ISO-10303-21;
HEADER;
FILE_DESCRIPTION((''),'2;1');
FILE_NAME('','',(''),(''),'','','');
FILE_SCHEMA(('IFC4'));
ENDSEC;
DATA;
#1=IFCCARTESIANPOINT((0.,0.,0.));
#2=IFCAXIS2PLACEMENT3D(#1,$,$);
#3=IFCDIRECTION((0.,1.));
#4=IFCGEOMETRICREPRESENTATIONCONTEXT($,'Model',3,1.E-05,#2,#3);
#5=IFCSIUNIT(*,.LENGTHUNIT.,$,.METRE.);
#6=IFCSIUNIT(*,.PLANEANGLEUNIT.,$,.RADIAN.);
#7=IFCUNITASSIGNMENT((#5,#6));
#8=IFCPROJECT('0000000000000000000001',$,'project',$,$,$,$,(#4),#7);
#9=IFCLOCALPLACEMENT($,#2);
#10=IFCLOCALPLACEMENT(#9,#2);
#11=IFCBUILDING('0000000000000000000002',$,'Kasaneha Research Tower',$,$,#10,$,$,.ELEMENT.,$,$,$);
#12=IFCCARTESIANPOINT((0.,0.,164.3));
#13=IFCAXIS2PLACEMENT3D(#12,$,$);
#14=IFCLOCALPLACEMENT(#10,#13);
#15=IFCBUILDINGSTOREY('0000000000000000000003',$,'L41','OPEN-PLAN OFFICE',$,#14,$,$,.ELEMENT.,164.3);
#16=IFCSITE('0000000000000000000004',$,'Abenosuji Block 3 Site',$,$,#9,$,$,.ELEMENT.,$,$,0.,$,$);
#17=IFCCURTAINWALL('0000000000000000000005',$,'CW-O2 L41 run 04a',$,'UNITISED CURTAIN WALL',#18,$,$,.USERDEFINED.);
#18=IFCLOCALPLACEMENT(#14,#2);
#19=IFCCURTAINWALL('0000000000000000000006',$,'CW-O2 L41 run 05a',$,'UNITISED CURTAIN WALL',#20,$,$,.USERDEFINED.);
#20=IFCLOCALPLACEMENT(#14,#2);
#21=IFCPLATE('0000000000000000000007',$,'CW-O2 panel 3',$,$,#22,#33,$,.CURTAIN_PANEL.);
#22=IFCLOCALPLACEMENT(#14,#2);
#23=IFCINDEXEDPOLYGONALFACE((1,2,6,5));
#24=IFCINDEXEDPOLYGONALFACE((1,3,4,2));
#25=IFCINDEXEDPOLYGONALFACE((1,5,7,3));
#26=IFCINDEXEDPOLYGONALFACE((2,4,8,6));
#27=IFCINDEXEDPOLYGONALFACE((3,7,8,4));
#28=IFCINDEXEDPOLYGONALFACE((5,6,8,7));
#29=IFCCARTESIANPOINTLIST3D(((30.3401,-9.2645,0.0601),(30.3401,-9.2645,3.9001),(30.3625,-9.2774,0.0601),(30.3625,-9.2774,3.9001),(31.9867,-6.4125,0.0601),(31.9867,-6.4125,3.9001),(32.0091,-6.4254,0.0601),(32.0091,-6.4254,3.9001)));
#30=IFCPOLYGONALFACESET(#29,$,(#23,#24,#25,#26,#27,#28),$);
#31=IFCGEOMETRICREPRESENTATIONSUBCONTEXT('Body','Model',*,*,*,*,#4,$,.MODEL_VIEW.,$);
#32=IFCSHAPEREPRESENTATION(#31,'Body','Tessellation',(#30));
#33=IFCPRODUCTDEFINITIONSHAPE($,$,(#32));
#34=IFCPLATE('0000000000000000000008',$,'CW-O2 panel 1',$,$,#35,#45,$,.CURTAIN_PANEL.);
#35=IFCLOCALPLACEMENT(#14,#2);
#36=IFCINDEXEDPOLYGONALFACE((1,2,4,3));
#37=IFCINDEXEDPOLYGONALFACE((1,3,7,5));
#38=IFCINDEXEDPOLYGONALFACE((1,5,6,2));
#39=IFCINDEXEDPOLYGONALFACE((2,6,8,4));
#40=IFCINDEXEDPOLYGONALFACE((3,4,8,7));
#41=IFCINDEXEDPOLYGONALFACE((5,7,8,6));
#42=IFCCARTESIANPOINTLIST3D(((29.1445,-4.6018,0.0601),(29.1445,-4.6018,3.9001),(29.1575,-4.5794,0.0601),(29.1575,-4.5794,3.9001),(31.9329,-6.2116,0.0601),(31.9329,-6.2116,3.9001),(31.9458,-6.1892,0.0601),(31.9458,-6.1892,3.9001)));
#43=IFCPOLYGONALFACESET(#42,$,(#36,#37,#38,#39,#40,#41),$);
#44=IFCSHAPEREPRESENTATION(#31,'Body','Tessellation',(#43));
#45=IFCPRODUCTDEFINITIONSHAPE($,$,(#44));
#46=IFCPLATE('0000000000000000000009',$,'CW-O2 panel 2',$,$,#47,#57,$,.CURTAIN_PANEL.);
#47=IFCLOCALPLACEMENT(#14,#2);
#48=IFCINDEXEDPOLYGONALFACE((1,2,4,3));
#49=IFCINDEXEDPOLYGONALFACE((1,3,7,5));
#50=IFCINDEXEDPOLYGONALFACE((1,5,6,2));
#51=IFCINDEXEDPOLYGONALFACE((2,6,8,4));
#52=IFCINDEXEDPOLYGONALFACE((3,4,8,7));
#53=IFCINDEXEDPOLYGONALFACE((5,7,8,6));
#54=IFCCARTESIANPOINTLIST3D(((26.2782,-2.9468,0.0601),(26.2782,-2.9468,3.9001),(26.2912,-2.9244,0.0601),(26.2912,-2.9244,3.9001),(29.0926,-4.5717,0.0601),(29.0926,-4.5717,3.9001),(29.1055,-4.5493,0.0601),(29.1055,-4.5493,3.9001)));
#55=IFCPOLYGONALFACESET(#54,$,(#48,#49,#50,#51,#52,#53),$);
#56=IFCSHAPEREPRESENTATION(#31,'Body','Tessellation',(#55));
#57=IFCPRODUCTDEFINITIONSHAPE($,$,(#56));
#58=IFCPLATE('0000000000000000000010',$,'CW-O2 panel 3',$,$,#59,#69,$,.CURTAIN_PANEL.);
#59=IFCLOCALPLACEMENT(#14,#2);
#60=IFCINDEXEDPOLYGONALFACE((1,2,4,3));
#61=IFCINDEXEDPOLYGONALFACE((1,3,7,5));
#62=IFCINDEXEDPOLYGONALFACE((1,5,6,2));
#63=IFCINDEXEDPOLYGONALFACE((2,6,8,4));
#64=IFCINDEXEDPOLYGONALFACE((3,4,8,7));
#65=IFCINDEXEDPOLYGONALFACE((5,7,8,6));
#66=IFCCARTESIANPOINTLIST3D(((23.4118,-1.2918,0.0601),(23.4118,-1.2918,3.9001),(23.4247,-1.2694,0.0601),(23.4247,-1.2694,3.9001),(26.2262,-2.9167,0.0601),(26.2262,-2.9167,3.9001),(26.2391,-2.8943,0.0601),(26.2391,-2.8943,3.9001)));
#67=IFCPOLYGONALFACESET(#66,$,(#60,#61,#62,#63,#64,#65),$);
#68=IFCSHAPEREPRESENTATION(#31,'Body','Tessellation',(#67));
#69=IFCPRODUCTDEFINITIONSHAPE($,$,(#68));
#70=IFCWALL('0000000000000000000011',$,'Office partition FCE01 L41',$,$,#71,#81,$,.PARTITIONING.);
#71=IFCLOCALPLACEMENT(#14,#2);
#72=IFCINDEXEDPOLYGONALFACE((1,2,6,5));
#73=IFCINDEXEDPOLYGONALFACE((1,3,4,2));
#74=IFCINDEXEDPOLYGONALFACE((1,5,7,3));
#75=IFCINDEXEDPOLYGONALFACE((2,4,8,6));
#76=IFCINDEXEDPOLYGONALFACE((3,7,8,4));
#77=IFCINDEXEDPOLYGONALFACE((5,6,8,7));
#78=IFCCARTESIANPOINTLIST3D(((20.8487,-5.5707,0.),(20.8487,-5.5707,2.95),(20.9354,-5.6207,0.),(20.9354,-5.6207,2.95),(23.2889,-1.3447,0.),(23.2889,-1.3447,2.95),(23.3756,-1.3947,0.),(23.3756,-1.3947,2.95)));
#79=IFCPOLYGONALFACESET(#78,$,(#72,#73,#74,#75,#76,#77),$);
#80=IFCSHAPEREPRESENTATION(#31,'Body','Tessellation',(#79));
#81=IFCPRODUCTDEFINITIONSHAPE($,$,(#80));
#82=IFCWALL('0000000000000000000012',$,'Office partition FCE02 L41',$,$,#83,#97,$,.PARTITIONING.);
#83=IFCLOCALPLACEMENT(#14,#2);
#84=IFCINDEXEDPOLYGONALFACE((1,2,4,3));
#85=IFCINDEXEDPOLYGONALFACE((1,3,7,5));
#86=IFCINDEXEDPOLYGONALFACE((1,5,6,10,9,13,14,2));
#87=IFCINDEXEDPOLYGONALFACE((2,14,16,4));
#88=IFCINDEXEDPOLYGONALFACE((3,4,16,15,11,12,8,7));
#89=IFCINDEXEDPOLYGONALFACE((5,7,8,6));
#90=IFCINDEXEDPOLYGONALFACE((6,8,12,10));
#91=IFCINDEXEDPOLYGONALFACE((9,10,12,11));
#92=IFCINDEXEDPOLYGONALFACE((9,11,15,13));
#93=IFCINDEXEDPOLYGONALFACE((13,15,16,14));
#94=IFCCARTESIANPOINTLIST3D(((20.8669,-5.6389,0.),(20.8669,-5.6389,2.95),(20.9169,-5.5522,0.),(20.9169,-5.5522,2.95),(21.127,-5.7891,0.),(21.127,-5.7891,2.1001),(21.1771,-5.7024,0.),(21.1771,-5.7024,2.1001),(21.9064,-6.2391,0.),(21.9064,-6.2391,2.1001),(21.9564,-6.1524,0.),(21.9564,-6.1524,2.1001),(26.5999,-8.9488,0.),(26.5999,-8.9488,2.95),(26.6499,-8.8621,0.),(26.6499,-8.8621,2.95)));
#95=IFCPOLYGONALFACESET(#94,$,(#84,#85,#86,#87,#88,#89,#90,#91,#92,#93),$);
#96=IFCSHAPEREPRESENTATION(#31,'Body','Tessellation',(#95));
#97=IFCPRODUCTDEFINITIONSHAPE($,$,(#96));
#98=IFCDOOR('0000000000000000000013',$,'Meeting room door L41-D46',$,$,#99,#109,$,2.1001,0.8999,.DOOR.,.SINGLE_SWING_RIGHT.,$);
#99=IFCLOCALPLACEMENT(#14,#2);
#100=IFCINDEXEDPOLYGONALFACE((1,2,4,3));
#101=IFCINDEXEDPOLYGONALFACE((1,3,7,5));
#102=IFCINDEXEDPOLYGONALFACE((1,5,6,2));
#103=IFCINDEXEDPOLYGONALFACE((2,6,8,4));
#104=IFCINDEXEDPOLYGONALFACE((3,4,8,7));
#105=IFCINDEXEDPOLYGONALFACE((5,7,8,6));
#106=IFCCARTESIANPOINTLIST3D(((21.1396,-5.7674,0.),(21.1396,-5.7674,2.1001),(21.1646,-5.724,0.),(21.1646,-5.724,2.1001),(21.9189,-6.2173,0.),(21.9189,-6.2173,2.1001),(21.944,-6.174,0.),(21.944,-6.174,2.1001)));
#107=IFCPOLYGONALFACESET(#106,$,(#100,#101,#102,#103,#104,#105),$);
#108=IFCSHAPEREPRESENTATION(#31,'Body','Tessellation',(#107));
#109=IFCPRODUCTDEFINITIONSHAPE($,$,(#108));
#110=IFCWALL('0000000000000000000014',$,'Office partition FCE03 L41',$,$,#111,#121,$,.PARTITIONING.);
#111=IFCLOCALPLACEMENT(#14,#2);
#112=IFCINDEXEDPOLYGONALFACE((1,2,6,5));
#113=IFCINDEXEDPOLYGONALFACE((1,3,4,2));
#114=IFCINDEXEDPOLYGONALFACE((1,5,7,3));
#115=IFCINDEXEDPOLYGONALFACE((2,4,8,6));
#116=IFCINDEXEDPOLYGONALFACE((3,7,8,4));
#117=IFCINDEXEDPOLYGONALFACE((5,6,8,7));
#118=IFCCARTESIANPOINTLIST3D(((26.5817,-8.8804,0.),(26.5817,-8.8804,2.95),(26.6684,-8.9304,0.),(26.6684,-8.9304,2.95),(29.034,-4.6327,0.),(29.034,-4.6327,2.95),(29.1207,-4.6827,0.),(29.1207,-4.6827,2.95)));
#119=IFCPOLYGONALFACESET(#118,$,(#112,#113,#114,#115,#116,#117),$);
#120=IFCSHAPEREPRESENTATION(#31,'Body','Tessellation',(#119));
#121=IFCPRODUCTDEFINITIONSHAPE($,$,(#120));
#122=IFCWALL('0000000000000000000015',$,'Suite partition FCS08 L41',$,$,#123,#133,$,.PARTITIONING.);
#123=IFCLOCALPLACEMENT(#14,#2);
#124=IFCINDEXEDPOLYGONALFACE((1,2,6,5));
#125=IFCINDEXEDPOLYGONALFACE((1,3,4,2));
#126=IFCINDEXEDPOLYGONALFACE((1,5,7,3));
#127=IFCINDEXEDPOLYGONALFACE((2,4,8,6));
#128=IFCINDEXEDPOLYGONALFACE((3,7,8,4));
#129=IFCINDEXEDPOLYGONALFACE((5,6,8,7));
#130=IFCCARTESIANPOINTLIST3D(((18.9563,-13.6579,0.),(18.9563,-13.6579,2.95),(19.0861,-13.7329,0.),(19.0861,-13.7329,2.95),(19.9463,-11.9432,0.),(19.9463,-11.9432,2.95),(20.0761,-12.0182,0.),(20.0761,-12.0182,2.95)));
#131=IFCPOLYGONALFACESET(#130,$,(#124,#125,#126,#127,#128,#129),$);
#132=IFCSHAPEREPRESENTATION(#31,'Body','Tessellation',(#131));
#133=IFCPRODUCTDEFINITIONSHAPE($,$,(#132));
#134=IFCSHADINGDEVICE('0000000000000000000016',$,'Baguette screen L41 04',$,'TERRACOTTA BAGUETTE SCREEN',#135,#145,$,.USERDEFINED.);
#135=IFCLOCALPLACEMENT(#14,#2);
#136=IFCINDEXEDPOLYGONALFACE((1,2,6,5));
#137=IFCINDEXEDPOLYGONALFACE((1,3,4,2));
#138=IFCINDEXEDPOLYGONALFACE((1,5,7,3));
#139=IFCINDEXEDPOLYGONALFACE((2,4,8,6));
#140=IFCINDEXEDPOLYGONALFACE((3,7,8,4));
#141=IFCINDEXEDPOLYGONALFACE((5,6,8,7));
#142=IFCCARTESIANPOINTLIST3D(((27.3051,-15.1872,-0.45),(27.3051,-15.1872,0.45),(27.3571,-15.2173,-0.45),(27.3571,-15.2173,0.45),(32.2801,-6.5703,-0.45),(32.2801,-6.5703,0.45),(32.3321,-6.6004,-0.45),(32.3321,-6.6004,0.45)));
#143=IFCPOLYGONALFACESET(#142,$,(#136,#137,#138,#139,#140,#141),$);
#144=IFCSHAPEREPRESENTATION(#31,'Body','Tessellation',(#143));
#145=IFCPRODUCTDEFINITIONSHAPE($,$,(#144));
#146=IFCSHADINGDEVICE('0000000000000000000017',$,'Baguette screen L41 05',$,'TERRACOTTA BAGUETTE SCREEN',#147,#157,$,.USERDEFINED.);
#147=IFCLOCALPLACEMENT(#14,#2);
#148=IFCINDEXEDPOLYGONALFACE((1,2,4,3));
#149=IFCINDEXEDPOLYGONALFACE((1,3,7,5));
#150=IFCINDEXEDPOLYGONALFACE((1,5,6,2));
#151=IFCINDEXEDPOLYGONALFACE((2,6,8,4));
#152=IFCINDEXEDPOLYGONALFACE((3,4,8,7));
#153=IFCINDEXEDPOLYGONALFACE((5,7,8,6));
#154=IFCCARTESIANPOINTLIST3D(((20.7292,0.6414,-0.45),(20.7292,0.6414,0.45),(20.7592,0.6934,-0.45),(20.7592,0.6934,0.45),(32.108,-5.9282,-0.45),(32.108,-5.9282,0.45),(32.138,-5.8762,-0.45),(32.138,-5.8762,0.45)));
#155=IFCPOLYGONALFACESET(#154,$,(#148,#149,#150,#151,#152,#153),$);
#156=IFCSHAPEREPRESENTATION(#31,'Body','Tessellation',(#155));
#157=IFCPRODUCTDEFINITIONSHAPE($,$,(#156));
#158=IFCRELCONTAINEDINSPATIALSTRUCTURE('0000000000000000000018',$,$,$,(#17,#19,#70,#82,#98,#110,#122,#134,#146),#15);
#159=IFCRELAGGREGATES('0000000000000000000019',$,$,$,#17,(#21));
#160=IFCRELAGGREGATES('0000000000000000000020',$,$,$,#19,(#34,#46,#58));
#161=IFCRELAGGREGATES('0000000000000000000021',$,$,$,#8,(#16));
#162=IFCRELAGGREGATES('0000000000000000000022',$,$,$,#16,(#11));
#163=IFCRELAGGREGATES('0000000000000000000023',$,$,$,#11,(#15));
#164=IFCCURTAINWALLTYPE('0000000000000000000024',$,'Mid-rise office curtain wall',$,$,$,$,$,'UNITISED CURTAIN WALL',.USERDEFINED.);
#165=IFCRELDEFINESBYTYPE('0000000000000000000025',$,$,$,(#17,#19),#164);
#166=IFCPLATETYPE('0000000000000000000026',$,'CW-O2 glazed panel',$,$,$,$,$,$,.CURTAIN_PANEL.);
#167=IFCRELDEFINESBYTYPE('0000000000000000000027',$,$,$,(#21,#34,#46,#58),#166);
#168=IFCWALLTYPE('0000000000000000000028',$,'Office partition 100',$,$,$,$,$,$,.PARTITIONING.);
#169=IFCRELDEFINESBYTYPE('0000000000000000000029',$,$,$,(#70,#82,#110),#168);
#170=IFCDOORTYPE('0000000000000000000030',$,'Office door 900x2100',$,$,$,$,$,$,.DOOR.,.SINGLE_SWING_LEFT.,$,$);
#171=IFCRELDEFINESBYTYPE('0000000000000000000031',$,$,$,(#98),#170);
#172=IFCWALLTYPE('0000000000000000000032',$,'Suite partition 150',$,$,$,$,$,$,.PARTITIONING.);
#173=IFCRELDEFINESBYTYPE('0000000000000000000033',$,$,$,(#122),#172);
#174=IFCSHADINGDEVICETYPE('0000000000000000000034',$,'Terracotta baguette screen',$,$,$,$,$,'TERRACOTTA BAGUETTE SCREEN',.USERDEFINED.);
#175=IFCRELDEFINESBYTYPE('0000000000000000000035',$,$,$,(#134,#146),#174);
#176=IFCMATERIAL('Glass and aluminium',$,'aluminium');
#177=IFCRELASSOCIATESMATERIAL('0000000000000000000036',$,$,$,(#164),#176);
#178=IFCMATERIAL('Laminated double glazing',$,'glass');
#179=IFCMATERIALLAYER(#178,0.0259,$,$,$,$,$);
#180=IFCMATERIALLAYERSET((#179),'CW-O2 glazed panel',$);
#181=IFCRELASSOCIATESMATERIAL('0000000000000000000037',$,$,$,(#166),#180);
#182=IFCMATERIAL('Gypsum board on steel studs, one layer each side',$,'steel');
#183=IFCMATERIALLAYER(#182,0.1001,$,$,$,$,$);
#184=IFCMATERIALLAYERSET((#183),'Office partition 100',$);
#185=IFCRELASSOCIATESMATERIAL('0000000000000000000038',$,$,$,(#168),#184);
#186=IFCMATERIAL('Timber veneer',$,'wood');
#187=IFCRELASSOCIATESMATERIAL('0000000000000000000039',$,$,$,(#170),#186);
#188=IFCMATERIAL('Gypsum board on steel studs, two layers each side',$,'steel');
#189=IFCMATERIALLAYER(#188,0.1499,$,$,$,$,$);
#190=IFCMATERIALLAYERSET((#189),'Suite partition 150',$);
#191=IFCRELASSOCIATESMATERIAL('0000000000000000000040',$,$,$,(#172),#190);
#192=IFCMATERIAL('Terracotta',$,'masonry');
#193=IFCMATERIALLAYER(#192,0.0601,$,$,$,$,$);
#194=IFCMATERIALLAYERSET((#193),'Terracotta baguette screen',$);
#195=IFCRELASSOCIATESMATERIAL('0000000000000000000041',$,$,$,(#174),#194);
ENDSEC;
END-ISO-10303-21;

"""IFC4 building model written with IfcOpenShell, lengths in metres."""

from ifc_helpers import new_model, si_unit, direction, frame, frame_2d, origin, origin_2d, place, context, subcontext, project, spatial, rectangle, extrude, material, layer, layer_set, type_object, element, fill, aggregate, save


model = new_model("IFC4")

# Units and contexts
model_context = context("Model", 3, precision=1e-05, world=origin(), true_north=direction((0.0, 1.0)))
body_context = subcontext(model_context, "Body", "Model", "MODEL_VIEW")
ifc_project = project(units=[si_unit("LENGTHUNIT", "METRE"), si_unit("PLANEANGLEUNIT", "RADIAN")], contexts=[model_context])

# Site, building, storey
site_placement = place(None, origin())
site = spatial("IfcSite", under=ifc_project, at=site_placement, Name="Abenosuji Block 3 Site", CompositionType="ELEMENT", RefElevation=0.0)
building_placement = place(site_placement, origin())
building = spatial("IfcBuilding", under=site, at=building_placement, Name="Kasaneha Research Tower", CompositionType="ELEMENT")
storey_placement = place(building_placement, frame((0.0, 0.0, 164.3)))
storey = spatial("IfcBuildingStorey", under=building, at=storey_placement, Name="L41", Description="OPEN-PLAN OFFICE", CompositionType="ELEMENT", Elevation=164.3)

# Curtain walls
ifc_material_1 = material(Name="Glass and aluminium", Category="aluminium")
curtain_wall_type = type_object("IfcCurtainWallType", Name="Mid-rise office curtain wall", ElementType="UNITISED CURTAIN WALL", PredefinedType="USERDEFINED", material=ifc_material_1)
curtain_wall_1_placement = place(storey_placement, origin())
curtain_wall_1 = element("IfcCurtainWall", 1, at=curtain_wall_1_placement, inside=storey, type_object=curtain_wall_type, Name="CW-O2 L41 run 04a", ObjectType="UNITISED CURTAIN WALL", PredefinedType="USERDEFINED")
curtain_wall_2_placement = place(storey_placement, origin())
curtain_wall_2 = element("IfcCurtainWall", 2, at=curtain_wall_2_placement, inside=storey, type_object=curtain_wall_type, Name="CW-O2 L41 run 05a", ObjectType="UNITISED CURTAIN WALL", PredefinedType="USERDEFINED")

# Plates
ifc_material_2 = material(Name="Laminated double glazing", Category="glass")
ifc_layer_1 = layer(ifc_material_2, 0.0259)
ifc_layer_set_1 = layer_set([ifc_layer_1], Name="CW-O2 glazed panel")
plate_type = type_object("IfcPlateType", Name="CW-O2 glazed panel", PredefinedType="CURTAIN_PANEL", material=ifc_layer_set_1)
plate_1_placement = place(storey_placement, frame((31.1746, -7.845, 0.0601), z_axis=(0.0, 0.0, 1.0), x_axis=(0.5, 0.866025, 0.0)))
plate_1 = element("IfcPlate", 3, at=plate_1_placement, type_object=plate_type, Name="CW-O2 panel 3", PredefinedType="CURTAIN_PANEL", context=body_context, shape_type="SweptSolid", body=[
    extrude(rectangle(XDim=3.2932, YDim=0.0259, at=origin_2d()), origin(), (0.0, 0.0, 1.0), 3.8401),
])
aggregate(curtain_wall_1, [plate_1])
plate_2_placement = place(storey_placement, frame((30.5452, -5.3955, 0.0601), z_axis=(0.0, 0.0, 1.0), x_axis=(-0.866025, 0.5, 0.0)))
plate_2 = element("IfcPlate", 4, at=plate_2_placement, type_object=plate_type, Name="CW-O2 panel 1", PredefinedType="CURTAIN_PANEL", context=body_context, shape_type="SweptSolid", body=[
    extrude(rectangle(XDim=3.2197, YDim=0.0259, at=origin_2d()), origin(), (0.0, 0.0, 1.0), 3.8401),
])
plate_3_placement = place(storey_placement, frame((27.6919, -3.748, 0.0601), z_axis=(0.0, 0.0, 1.0), x_axis=(-0.866025, 0.5, 0.0)))
plate_3 = element("IfcPlate", 5, at=plate_3_placement, type_object=plate_type, Name="CW-O2 panel 2", PredefinedType="CURTAIN_PANEL", context=body_context, shape_type="SweptSolid", body=[
    extrude(rectangle(XDim=3.2498, YDim=0.0259, at=origin_2d()), origin(), (0.0, 0.0, 1.0), 3.8401),
])
plate_4_placement = place(storey_placement, frame((24.8254, -2.093, 0.0601), z_axis=(0.0, 0.0, 1.0), x_axis=(-0.866025, 0.5, 0.0)))
plate_4 = element("IfcPlate", 6, at=plate_4_placement, type_object=plate_type, Name="CW-O2 panel 3", PredefinedType="CURTAIN_PANEL", context=body_context, shape_type="SweptSolid", body=[
    extrude(rectangle(XDim=3.2498, YDim=0.0259, at=origin_2d()), origin(), (0.0, 0.0, 1.0), 3.8401),
])
aggregate(curtain_wall_2, [plate_2, plate_3, plate_4])

# Wall
ifc_material_3 = material(Name="Gypsum board on steel studs, one layer each side", Category="steel")
ifc_layer_2 = layer(ifc_material_3, 0.1001)
ifc_layer_set_2 = layer_set([ifc_layer_2], Name="Office partition 100")
wall_type_1 = type_object("IfcWallType", Name="Office partition 100", PredefinedType="PARTITIONING", material=ifc_layer_set_2)
wall_1_placement = place(storey_placement, frame((20.8921, -5.5957, 0.0), z_axis=(0.0, 0.0, 1.0), x_axis=(0.50004, 0.866002, 0.0)))
element("IfcWall", 7, at=wall_1_placement, inside=storey, type_object=wall_type_1, Name="Office partition FCE01 L41", PredefinedType="PARTITIONING", context=body_context, shape_type="SweptSolid", body=[
    extrude(rectangle(XDim=4.8799, YDim=0.1001, at=frame_2d((2.4399, 0.0))), origin(), (0.0, 0.0, 1.0), 2.95),
])

# Wall, opening, door
wall_2_placement = place(storey_placement, frame((26.625, -8.9055, 0.0), z_axis=(0.0, 0.0, 1.0), x_axis=(-0.866031, 0.499991, 0.0)))
wall_2 = element("IfcWall", 8, at=wall_2_placement, inside=storey, type_object=wall_type_1, Name="Office partition FCE02 L41", PredefinedType="PARTITIONING", context=body_context, shape_type="SweptSolid", body=[
    extrude(rectangle(XDim=6.6199, YDim=0.1001, at=frame_2d((3.3101, 0.0))), origin(), (0.0, 0.0, 1.0), 2.95),
])
opening_placement = place(wall_2_placement, frame((5.4197, 0.0, 0.0)))
opening = element("IfcOpeningElement", 9, at=opening_placement, cuts=wall_2, PredefinedType="OPENING", context=body_context, shape_type="SweptSolid", body=[
    extrude(rectangle(XDim=0.8999, YDim=2.1001, at=frame_2d((0.45, 1.05))), frame((0.0, 0.0601, 0.0), z_axis=(0.0, -1.0, 0.0), x_axis=(1.0, 0.0, 0.0)), (0.0, 0.0, 1.0), 0.1201),
])
ifc_material_4 = material(Name="Timber veneer", Category="wood")
door_type = type_object("IfcDoorType", Name="Office door 900x2100", OperationType="SINGLE_SWING_LEFT", PredefinedType="DOOR", material=ifc_material_4)
door_placement = place(opening_placement, origin())
door = element("IfcDoor", 10, at=door_placement, inside=storey, type_object=door_type, Name="Meeting room door L41-D46", OperationType="SINGLE_SWING_RIGHT", OverallHeight=2.1001, OverallWidth=0.8999, PredefinedType="DOOR", context=body_context, shape_type="SweptSolid", body=[
    extrude(rectangle(XDim=0.8999, YDim=2.1001, at=frame_2d((0.45, 1.05))), frame((0.0, 0.0249, 0.0), z_axis=(0.0, -1.0, 0.0), x_axis=(1.0, 0.0, 0.0)), (0.0, 0.0, 1.0), 0.05),
])
fill(opening, door)

# Walls
wall_3_placement = place(storey_placement, frame((29.0774, -4.6577, 0.0), z_axis=(0.0, 0.0, 1.0), x_axis=(-0.499988, -0.866032, 0.0)))
element("IfcWall", 11, at=wall_3_placement, inside=storey, type_object=wall_type_1, Name="Office partition FCE03 L41", PredefinedType="PARTITIONING", context=body_context, shape_type="SweptSolid", body=[
    extrude(rectangle(XDim=4.9048, YDim=0.1001, at=frame_2d((2.4524, 0.0))), origin(), (0.0, 0.0, 1.0), 2.95),
])
ifc_material_5 = material(Name="Gypsum board on steel studs, two layers each side", Category="steel")
ifc_layer_3 = layer(ifc_material_5, 0.1499)
ifc_layer_set_3 = layer_set([ifc_layer_3], Name="Suite partition 150")
wall_type_2 = type_object("IfcWallType", Name="Suite partition 150", PredefinedType="PARTITIONING", material=ifc_layer_set_3)
wall_4_placement = place(storey_placement, frame((20.0112, -11.9807, 0.0), z_axis=(0.0, 0.0, 1.0), x_axis=(-0.500025, -0.866011, 0.0)))
element("IfcWall", 12, at=wall_4_placement, inside=storey, type_object=wall_type_2, Name="Suite partition FCS08 L41", PredefinedType="PARTITIONING", context=body_context, shape_type="SweptSolid", body=[
    extrude(rectangle(XDim=1.98, YDim=0.1499, at=frame_2d((0.99, 0.0))), origin(), (0.0, 0.0, 1.0), 2.95),
])

# Shading devices
ifc_material_6 = material(Name="Terracotta", Category="masonry")
ifc_layer_4 = layer(ifc_material_6, 0.0601)
ifc_layer_set_4 = layer_set([ifc_layer_4], Name="Terracotta baguette screen")
shading_device_type = type_object("IfcShadingDeviceType", Name="Terracotta baguette screen", ElementType="TERRACOTTA BAGUETTE SCREEN", PredefinedType="USERDEFINED", material=ifc_layer_set_4)
shading_device_1_placement = place(storey_placement, frame((29.8186, -10.8938, -0.45), z_axis=(0.0, 0.0, 1.0), x_axis=(0.5, 0.866025, 0.0)))
element("IfcShadingDevice", 13, at=shading_device_1_placement, inside=storey, type_object=shading_device_type, Name="Baguette screen L41 04", ObjectType="TERRACOTTA BAGUETTE SCREEN", PredefinedType="USERDEFINED", context=body_context, shape_type="SweptSolid", body=[
    extrude(rectangle(XDim=9.95, YDim=0.0601, at=origin_2d()), origin(), (0.0, 0.0, 1.0), 0.8999),
])
shading_device_2_placement = place(storey_placement, frame((26.4336, -2.6174, -0.45), z_axis=(0.0, 0.0, 1.0), x_axis=(-0.866025, 0.5, 0.0)))
element("IfcShadingDevice", 14, at=shading_device_2_placement, inside=storey, type_object=shading_device_type, Name="Baguette screen L41 05", ObjectType="TERRACOTTA BAGUETTE SCREEN", PredefinedType="USERDEFINED", context=body_context, shape_type="SweptSolid", body=[
    extrude(rectangle(XDim=13.1392, YDim=0.0601, at=origin_2d()), origin(), (0.0, 0.0, 1.0), 0.8999),
])

save(model, "model.ifc")
